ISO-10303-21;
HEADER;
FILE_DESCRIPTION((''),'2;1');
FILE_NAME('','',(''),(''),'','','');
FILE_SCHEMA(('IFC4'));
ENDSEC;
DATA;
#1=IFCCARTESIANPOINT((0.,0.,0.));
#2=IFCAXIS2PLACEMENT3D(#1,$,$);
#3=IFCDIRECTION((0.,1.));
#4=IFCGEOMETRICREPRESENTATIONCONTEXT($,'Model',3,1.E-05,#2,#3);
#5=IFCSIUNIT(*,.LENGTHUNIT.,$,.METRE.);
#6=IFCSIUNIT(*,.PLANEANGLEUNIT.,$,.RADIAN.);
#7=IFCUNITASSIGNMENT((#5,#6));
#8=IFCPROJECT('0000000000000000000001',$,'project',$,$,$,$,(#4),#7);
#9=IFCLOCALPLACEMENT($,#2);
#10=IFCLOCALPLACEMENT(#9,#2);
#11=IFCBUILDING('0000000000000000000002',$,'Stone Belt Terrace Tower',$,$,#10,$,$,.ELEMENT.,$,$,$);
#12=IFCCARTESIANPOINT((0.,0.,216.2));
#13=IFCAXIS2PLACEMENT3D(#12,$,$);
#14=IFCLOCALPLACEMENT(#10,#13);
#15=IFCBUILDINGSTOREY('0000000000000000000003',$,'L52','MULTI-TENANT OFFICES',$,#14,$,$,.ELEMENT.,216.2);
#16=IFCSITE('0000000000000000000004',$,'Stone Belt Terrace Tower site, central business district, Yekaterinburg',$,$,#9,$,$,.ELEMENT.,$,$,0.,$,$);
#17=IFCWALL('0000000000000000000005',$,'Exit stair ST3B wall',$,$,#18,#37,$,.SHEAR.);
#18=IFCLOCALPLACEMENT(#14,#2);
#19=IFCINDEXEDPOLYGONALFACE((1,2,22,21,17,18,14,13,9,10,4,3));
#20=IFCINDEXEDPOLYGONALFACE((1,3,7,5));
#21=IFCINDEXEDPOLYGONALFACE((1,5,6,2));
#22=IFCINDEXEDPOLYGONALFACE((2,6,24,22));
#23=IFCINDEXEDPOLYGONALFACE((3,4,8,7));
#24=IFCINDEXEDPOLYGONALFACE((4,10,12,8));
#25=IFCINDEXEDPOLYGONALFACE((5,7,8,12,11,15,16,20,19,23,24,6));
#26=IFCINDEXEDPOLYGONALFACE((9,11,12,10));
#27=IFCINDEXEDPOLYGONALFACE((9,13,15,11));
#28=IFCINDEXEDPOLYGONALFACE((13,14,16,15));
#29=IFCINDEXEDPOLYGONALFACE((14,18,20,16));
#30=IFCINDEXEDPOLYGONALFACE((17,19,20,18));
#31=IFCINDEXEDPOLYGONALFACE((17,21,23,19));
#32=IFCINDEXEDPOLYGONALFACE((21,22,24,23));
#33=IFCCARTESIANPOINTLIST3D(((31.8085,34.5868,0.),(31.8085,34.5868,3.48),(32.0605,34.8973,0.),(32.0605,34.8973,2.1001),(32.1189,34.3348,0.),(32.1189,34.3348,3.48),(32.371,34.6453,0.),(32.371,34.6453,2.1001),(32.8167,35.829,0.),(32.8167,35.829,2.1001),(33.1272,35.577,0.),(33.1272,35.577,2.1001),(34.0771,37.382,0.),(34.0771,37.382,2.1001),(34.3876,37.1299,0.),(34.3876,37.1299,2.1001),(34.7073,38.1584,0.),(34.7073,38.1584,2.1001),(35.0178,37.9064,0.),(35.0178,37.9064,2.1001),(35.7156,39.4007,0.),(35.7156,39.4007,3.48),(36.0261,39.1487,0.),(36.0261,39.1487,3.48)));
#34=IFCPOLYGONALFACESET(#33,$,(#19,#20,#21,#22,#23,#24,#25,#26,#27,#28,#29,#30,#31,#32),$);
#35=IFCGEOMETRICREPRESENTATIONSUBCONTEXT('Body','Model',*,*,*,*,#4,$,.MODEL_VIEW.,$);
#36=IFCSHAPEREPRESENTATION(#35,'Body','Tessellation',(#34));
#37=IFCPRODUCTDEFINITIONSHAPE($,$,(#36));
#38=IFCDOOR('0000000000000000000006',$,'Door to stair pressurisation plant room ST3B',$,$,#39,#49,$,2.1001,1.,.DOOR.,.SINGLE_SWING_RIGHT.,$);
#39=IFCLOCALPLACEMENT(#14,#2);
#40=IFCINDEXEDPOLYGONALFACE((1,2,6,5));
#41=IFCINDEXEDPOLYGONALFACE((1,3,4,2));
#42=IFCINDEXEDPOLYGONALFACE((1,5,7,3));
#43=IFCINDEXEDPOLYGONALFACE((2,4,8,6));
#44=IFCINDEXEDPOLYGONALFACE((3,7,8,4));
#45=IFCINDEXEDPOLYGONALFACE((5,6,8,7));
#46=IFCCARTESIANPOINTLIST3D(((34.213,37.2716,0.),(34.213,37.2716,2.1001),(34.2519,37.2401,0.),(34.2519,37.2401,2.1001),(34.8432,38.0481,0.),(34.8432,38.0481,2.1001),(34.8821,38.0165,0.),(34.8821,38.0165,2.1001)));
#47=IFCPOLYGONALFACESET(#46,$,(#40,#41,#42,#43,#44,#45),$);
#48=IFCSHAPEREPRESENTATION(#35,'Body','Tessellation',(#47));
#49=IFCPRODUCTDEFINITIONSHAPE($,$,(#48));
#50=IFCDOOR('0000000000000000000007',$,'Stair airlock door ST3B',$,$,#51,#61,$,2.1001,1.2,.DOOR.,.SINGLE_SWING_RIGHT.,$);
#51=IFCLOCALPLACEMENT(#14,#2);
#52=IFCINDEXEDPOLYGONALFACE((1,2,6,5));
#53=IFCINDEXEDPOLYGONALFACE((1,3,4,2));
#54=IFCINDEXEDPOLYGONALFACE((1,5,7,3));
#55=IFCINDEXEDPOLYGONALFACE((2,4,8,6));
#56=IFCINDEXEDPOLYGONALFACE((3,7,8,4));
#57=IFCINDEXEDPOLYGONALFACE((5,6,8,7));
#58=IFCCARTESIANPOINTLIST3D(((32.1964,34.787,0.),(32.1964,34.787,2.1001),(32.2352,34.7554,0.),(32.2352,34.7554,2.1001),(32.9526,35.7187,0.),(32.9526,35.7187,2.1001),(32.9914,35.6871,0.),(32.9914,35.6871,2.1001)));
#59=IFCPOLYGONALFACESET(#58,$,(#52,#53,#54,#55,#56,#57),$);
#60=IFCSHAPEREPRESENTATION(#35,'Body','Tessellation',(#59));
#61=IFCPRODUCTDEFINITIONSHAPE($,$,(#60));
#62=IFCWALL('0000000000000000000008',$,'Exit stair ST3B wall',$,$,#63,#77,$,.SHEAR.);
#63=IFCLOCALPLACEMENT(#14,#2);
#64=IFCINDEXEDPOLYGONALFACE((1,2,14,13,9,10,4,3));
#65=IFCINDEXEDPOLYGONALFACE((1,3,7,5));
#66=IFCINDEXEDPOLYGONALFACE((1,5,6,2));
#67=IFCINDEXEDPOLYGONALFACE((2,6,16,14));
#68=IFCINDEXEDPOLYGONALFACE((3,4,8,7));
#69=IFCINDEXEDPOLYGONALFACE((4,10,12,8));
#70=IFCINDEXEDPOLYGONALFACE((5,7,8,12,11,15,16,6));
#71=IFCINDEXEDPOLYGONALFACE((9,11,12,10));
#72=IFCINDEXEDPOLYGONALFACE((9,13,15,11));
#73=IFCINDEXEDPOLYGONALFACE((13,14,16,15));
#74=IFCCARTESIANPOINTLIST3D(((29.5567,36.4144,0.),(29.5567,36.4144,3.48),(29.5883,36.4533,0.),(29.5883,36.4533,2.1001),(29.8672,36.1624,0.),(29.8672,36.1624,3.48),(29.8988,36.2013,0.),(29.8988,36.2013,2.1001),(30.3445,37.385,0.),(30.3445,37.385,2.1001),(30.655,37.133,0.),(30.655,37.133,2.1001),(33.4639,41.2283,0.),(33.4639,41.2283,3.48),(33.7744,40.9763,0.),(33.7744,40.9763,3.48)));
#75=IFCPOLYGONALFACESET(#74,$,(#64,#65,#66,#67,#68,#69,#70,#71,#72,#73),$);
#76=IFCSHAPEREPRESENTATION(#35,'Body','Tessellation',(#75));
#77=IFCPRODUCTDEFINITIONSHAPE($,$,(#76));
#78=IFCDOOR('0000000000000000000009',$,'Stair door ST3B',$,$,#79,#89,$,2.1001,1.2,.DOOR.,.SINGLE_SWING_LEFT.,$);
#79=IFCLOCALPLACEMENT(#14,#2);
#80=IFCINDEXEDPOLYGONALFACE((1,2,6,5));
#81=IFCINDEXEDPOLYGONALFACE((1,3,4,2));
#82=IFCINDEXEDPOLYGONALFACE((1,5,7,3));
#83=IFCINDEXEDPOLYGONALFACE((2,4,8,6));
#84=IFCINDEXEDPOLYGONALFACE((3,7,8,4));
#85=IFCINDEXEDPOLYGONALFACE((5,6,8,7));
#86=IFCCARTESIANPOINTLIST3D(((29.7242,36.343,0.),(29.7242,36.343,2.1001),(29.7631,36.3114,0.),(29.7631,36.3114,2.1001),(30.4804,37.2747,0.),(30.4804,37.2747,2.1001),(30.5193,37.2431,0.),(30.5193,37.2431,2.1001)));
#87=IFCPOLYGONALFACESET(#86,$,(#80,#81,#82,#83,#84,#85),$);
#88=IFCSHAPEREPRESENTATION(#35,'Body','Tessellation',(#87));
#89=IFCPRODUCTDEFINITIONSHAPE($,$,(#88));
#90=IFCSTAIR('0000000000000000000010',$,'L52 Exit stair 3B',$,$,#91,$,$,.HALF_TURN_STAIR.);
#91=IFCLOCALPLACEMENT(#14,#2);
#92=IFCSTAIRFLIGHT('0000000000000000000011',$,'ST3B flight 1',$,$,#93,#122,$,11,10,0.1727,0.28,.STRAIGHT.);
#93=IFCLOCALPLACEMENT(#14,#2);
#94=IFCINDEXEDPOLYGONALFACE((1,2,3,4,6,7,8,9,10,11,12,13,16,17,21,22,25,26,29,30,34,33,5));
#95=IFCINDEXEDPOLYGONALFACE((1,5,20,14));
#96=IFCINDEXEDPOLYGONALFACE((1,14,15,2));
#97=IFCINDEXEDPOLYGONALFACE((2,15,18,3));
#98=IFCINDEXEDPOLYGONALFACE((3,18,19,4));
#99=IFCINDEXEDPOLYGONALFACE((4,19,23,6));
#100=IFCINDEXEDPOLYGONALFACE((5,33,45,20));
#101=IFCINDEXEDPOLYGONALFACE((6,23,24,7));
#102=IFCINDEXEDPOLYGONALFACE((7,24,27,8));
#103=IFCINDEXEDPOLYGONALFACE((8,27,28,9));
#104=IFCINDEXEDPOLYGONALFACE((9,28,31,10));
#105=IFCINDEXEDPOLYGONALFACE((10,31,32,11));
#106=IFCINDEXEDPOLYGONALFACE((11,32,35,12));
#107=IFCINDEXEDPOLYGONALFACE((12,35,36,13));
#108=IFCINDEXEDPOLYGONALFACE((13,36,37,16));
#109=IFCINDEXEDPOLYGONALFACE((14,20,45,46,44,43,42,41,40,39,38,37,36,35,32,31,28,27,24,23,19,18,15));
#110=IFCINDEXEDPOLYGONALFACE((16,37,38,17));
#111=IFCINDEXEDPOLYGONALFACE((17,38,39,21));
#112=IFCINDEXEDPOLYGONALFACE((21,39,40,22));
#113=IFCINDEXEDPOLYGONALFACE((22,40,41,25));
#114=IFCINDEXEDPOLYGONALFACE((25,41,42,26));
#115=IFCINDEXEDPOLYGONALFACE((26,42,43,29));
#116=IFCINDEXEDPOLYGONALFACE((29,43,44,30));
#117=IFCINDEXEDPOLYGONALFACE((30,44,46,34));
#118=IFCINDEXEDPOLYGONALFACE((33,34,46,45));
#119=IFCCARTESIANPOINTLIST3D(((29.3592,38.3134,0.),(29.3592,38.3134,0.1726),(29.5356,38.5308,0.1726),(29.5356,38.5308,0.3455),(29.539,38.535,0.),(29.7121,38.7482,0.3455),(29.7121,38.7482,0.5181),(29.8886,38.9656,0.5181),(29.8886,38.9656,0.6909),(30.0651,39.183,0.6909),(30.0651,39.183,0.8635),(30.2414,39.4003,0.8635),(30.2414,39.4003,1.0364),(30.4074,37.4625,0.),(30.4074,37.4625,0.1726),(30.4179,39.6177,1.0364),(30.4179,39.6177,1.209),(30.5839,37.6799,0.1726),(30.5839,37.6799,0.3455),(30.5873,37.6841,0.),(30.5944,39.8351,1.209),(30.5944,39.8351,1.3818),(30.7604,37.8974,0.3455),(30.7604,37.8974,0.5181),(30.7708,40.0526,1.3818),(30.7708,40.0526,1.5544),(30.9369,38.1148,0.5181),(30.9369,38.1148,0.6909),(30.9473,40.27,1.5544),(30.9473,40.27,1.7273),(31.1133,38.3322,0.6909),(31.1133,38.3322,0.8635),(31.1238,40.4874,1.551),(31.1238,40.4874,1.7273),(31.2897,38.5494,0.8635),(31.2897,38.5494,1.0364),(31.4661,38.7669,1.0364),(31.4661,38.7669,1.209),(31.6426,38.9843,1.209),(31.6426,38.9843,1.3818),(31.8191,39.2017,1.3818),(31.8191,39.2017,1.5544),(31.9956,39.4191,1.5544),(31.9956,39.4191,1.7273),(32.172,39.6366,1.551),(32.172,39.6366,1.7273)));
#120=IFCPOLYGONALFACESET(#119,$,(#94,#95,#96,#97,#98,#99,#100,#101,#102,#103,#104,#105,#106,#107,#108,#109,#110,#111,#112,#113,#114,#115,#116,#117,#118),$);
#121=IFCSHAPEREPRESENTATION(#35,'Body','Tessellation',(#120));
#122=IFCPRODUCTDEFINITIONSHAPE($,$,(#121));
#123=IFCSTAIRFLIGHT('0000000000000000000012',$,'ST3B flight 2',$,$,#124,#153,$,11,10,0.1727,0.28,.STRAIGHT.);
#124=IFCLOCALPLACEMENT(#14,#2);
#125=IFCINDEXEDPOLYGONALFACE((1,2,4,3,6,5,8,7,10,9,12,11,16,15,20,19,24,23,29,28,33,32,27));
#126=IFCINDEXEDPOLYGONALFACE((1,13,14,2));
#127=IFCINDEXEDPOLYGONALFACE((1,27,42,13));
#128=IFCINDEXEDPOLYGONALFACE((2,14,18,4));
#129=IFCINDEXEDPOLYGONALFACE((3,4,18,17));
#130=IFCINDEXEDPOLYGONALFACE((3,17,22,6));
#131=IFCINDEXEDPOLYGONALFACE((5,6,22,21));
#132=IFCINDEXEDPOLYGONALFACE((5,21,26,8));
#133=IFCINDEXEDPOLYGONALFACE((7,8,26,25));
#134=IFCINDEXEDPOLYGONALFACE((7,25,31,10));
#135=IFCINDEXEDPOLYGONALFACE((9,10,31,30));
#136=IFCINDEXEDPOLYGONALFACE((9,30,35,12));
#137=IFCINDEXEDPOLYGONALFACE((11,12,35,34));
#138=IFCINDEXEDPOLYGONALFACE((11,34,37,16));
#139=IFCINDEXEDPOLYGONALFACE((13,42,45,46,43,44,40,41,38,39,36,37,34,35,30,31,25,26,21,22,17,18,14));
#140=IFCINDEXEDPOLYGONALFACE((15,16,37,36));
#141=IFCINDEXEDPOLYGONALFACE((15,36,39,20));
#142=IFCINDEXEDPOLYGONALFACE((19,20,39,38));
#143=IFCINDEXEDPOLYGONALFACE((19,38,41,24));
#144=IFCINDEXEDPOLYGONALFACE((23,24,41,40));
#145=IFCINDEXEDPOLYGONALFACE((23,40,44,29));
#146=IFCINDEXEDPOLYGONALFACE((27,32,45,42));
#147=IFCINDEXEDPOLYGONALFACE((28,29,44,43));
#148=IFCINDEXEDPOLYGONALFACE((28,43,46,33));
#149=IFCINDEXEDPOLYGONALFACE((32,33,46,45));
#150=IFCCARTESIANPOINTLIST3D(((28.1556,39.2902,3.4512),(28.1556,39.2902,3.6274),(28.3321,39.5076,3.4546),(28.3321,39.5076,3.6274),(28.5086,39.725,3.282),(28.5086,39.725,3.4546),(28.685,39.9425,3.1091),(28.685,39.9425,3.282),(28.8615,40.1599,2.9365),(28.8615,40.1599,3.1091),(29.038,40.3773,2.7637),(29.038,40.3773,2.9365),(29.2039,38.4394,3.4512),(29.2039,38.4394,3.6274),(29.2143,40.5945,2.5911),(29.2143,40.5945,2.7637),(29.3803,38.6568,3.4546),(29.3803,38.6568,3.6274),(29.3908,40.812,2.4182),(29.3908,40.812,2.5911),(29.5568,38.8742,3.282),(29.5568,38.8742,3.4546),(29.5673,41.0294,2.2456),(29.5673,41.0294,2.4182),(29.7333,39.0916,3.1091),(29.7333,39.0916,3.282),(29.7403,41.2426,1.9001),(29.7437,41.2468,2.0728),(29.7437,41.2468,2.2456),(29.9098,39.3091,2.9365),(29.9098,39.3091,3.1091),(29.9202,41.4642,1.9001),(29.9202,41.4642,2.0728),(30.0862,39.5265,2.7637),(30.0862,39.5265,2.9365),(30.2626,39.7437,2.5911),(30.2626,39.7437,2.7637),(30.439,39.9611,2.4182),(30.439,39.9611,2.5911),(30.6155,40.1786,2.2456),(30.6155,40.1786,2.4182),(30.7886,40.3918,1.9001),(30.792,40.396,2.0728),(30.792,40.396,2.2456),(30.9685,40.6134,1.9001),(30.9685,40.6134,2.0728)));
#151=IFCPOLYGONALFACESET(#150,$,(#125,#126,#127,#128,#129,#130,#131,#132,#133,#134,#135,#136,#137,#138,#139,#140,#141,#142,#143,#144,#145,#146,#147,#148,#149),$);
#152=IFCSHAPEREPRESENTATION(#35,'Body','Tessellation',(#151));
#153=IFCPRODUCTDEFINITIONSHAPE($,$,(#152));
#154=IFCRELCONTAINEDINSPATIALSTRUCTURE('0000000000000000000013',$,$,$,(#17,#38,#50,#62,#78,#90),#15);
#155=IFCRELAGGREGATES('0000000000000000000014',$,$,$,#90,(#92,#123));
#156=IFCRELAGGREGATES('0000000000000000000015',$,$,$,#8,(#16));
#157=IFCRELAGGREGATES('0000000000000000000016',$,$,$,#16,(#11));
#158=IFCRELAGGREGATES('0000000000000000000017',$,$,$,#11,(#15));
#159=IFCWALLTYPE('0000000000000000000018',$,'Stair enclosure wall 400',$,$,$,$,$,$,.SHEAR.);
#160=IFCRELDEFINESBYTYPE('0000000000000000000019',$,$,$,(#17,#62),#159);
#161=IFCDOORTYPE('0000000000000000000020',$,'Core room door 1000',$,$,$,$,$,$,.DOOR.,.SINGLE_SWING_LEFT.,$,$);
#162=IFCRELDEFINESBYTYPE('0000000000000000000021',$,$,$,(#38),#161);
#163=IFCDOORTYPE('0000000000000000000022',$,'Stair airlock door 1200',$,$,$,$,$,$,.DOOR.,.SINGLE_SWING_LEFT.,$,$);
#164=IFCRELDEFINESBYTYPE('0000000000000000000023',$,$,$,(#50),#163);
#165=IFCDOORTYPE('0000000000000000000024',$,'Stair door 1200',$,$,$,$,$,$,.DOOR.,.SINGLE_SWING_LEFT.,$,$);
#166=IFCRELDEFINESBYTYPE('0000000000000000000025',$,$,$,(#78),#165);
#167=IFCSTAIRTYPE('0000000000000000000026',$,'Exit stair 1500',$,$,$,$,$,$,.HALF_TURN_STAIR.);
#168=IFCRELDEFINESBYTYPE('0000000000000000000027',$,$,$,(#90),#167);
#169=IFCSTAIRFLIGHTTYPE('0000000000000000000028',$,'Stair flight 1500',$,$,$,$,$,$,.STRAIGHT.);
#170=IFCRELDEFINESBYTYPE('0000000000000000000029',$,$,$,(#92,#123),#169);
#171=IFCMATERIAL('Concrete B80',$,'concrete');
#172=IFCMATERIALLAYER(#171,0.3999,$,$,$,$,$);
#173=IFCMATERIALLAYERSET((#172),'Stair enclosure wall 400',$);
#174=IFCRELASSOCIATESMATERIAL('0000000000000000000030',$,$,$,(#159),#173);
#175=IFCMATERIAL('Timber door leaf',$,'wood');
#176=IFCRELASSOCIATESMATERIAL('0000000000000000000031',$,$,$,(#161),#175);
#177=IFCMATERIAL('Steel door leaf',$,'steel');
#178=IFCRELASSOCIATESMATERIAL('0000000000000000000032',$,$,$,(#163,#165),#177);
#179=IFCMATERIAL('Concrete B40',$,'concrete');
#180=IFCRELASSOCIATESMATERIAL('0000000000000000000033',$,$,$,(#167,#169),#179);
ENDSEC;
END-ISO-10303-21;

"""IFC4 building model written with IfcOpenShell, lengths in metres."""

from ifc_helpers import new_model, si_unit, direction, frame, frame_2d, origin, place, context, subcontext, project, spatial, polyline, rectangle, outline, extrude, material, layer, layer_set, type_object, element, fill, aggregate, save


model = new_model("IFC4")

# Units and contexts
model_context = context("Model", 3, precision=1e-05, world=origin(), true_north=direction((0.0, 1.0)))
body_context = subcontext(model_context, "Body", "Model", "MODEL_VIEW")
ifc_project = project(units=[si_unit("LENGTHUNIT", "METRE"), si_unit("PLANEANGLEUNIT", "RADIAN")], contexts=[model_context])

# Site, building, storey
site_placement = place(None, origin())
site = spatial("IfcSite", under=ifc_project, at=site_placement, Name="Stone Belt Terrace Tower site, central business district, Yekaterinburg", CompositionType="ELEMENT", RefElevation=0.0)
building_placement = place(site_placement, origin())
building = spatial("IfcBuilding", under=site, at=building_placement, Name="Stone Belt Terrace Tower", CompositionType="ELEMENT")
storey_placement = place(building_placement, frame((0.0, 0.0, 216.2)))
storey = spatial("IfcBuildingStorey", under=building, at=storey_placement, Name="L52", Description="MULTI-TENANT OFFICES", CompositionType="ELEMENT", Elevation=216.2)

# Shared definitions
ifc_material_1 = material(Name="Concrete B80", Category="concrete")
ifc_layer_1 = layer(ifc_material_1, 0.3999)
ifc_layer_set_1 = layer_set([ifc_layer_1], Name="Stair enclosure wall 400")
wall_type_1 = type_object("IfcWallType", Name="Stair enclosure wall 400", PredefinedType="SHEAR", material=ifc_layer_set_1)

# Wall, openings, doors
wall_1_placement = place(storey_placement, frame((31.9636, 34.4607, 0.0), z_axis=(0.0, 0.0, 1.0), x_axis=(0.630192, 0.776439, 0.0)))
wall_1 = element("IfcWall", 1, at=wall_1_placement, inside=storey, type_object=wall_type_1, Name="Exit stair ST3B wall", PredefinedType="SHEAR", context=body_context, shape_type="SweptSolid", body=[
    extrude(rectangle(XDim=6.2, YDim=0.3999, at=frame_2d((3.1001, 0.0))), origin(), (0.0, 0.0, 1.0), 3.48),
])
opening_1_placement = place(wall_1_placement, frame((0.3999, 0.0, 0.0)))
opening_1 = element("IfcOpeningElement", 2, at=opening_1_placement, cuts=wall_1, PredefinedType="OPENING", context=body_context, shape_type="SweptSolid", body=[
    extrude(rectangle(XDim=1.2, YDim=2.1001, at=frame_2d((0.6001, 1.05))), frame((0.0, 0.21, 0.0), z_axis=(0.0, -1.0, 0.0), x_axis=(1.0, 0.0, 0.0)), (0.0, 0.0, 1.0), 0.4199),
])
opening_2_placement = place(wall_1_placement, frame((3.6001, 0.0, 0.0)))
opening_2 = element("IfcOpeningElement", 3, at=opening_2_placement, cuts=wall_1, PredefinedType="OPENING", context=body_context, shape_type="SweptSolid", body=[
    extrude(rectangle(XDim=1.0, YDim=2.1001, at=frame_2d((0.5, 1.05))), frame((0.0, 0.21, 0.0), z_axis=(0.0, -1.0, 0.0), x_axis=(1.0, 0.0, 0.0)), (0.0, 0.0, 1.0), 0.4199),
])
ifc_material_2 = material(Name="Timber door leaf", Category="wood")
door_type_1 = type_object("IfcDoorType", Name="Core room door 1000", OperationType="SINGLE_SWING_LEFT", PredefinedType="DOOR", material=ifc_material_2)
door_1_placement = place(opening_2_placement, origin())
door_1 = element("IfcDoor", 4, at=door_1_placement, inside=storey, type_object=door_type_1, Name="Door to stair pressurisation plant room ST3B", OperationType="SINGLE_SWING_RIGHT", OverallHeight=2.1001, OverallWidth=1.0, PredefinedType="DOOR", context=body_context, shape_type="SweptSolid", body=[
    extrude(rectangle(XDim=1.0, YDim=2.1001, at=frame_2d((0.5, 1.05))), frame((0.0, 0.0249, 0.0), z_axis=(0.0, -1.0, 0.0), x_axis=(1.0, 0.0, 0.0)), (0.0, 0.0, 1.0), 0.05),
])
fill(opening_2, door_1)
ifc_material_3 = material(Name="Steel door leaf", Category="steel")
door_type_2 = type_object("IfcDoorType", Name="Stair airlock door 1200", OperationType="SINGLE_SWING_LEFT", PredefinedType="DOOR", material=ifc_material_3)
door_2_placement = place(opening_1_placement, origin())
door_2 = element("IfcDoor", 5, at=door_2_placement, inside=storey, type_object=door_type_2, Name="Stair airlock door ST3B", OperationType="SINGLE_SWING_RIGHT", OverallHeight=2.1001, OverallWidth=1.2, PredefinedType="DOOR", context=body_context, shape_type="SweptSolid", body=[
    extrude(rectangle(XDim=1.2, YDim=2.1001, at=frame_2d((0.6001, 1.05))), frame((0.0, 0.0249, 0.0), z_axis=(0.0, -1.0, 0.0), x_axis=(1.0, 0.0, 0.0)), (0.0, 0.0, 1.0), 0.05),
])
fill(opening_1, door_2)

# Wall, opening, door
wall_2_placement = place(storey_placement, frame((29.7119, 36.2883, 0.0), z_axis=(0.0, 0.0, 1.0), x_axis=(0.630192, 0.776439, 0.0)))
wall_2 = element("IfcWall", 6, at=wall_2_placement, inside=storey, type_object=wall_type_1, Name="Exit stair ST3B wall", PredefinedType="SHEAR", context=body_context, shape_type="SweptSolid", body=[
    extrude(rectangle(XDim=6.2, YDim=0.3999, at=frame_2d((3.1001, 0.0))), origin(), (0.0, 0.0, 1.0), 3.48),
])
opening_3_placement = place(wall_2_placement, frame((0.05, 0.0, 0.0)))
opening_3 = element("IfcOpeningElement", 7, at=opening_3_placement, cuts=wall_2, PredefinedType="OPENING", context=body_context, shape_type="SweptSolid", body=[
    extrude(rectangle(XDim=1.2, YDim=2.1001, at=frame_2d((0.6001, 1.05))), frame((0.0, 0.21, 0.0), z_axis=(0.0, -1.0, 0.0), x_axis=(1.0, 0.0, 0.0)), (0.0, 0.0, 1.0), 0.4199),
])
door_type_3 = type_object("IfcDoorType", Name="Stair door 1200", OperationType="SINGLE_SWING_LEFT", PredefinedType="DOOR", material=ifc_material_3)
door_3_placement = place(opening_3_placement, origin())
door_3 = element("IfcDoor", 8, at=door_3_placement, inside=storey, type_object=door_type_3, Name="Stair door ST3B", OperationType="SINGLE_SWING_LEFT", OverallHeight=2.1001, OverallWidth=1.2, PredefinedType="DOOR", context=body_context, shape_type="SweptSolid", body=[
    extrude(rectangle(XDim=1.2, YDim=2.1001, at=frame_2d((0.6001, 1.05))), frame((0.0, 0.0249, 0.0), z_axis=(0.0, -1.0, 0.0), x_axis=(1.0, 0.0, 0.0)), (0.0, 0.0, 1.0), 0.05),
])
fill(opening_3, door_3)

# Stair, stair flights
ifc_material_4 = material(Name="Concrete B40", Category="concrete")
stair_type = type_object("IfcStairType", Name="Exit stair 1500", PredefinedType="HALF_TURN_STAIR", material=ifc_material_4)
stair_placement = place(storey_placement, origin())
stair = element("IfcStair", 9, at=stair_placement, inside=storey, type_object=stair_type, Name="L52 Exit stair 3B", PredefinedType="HALF_TURN_STAIR")
stair_flight_type = type_object("IfcStairFlightType", Name="Stair flight 1500", PredefinedType="STRAIGHT", material=ifc_material_4)
stair_flight_1_placement = place(storey_placement, frame((29.8833, 37.8879, 0.0), z_axis=(0.0, 0.0, 1.0), x_axis=(0.630206, 0.776428, 0.0)))
stair_flight_1 = element("IfcStairFlight", 10, at=stair_flight_1_placement, type_object=stair_flight_type, Name="ST3B flight 1", NumberOfRisers=11, NumberOfTreads=10, PredefinedType="STRAIGHT", RiserHeight=0.1727, TreadLength=0.28, context=body_context, shape_type="SweptSolid", body=[
    extrude(outline(polyline([(0.0, 0.0), (0.0, 0.1726), (0.28, 0.1726), (0.28, 0.3455), (0.5601, 0.3455), (0.5601, 0.5181), (0.8401, 0.5181), (0.8401, 0.6909), (1.1201, 0.6909), (1.1201, 0.8635), (1.3999, 0.8635), (1.3999, 1.0364), (1.6799, 1.0364), (1.6799, 1.209), (1.96, 1.209), (1.96, 1.3818), (2.24, 1.3818), (2.24, 1.5544), (2.52, 1.5544), (2.52, 1.7273), (2.8, 1.7273), (2.8, 1.8999), (2.8, 1.551), (0.2854, 0.0), (0.0, 0.0)])), frame((0.0, 0.675, 0.0), z_axis=(0.0, -1.0, 0.0), x_axis=(1.0, 0.0, 0.0)), (0.0, 0.0, 1.0), 1.3501),
])
stair_flight_2_placement = place(storey_placement, frame((30.4443, 41.0388, 1.9001), z_axis=(0.0, 0.0, 1.0), x_axis=(-0.630206, -0.776428, 0.0)))
stair_flight_2 = element("IfcStairFlight", 11, at=stair_flight_2_placement, type_object=stair_flight_type, Name="ST3B flight 2", NumberOfRisers=11, NumberOfTreads=10, PredefinedType="STRAIGHT", RiserHeight=0.1727, TreadLength=0.28, context=body_context, shape_type="SweptSolid", body=[
    extrude(outline(polyline([(0.0, 0.0), (0.0, 0.1726), (0.28, 0.1726), (0.28, 0.3455), (0.5601, 0.3455), (0.5601, 0.5181), (0.8401, 0.5181), (0.8401, 0.6909), (1.1201, 0.6909), (1.1201, 0.8635), (1.3999, 0.8635), (1.3999, 1.0364), (1.6799, 1.0364), (1.6799, 1.209), (1.96, 1.209), (1.96, 1.3818), (2.24, 1.3818), (2.24, 1.5544), (2.52, 1.5544), (2.52, 1.7273), (2.8, 1.7273), (2.8, 1.8999), (2.8, 1.551), (0.2854, 0.0), (0.0, 0.0)])), frame((0.0, 0.675, 0.0), z_axis=(0.0, -1.0, 0.0), x_axis=(1.0, 0.0, 0.0)), (0.0, 0.0, 1.0), 1.3501),
])
aggregate(stair, [stair_flight_1, stair_flight_2])

save(model, "model.ifc")
